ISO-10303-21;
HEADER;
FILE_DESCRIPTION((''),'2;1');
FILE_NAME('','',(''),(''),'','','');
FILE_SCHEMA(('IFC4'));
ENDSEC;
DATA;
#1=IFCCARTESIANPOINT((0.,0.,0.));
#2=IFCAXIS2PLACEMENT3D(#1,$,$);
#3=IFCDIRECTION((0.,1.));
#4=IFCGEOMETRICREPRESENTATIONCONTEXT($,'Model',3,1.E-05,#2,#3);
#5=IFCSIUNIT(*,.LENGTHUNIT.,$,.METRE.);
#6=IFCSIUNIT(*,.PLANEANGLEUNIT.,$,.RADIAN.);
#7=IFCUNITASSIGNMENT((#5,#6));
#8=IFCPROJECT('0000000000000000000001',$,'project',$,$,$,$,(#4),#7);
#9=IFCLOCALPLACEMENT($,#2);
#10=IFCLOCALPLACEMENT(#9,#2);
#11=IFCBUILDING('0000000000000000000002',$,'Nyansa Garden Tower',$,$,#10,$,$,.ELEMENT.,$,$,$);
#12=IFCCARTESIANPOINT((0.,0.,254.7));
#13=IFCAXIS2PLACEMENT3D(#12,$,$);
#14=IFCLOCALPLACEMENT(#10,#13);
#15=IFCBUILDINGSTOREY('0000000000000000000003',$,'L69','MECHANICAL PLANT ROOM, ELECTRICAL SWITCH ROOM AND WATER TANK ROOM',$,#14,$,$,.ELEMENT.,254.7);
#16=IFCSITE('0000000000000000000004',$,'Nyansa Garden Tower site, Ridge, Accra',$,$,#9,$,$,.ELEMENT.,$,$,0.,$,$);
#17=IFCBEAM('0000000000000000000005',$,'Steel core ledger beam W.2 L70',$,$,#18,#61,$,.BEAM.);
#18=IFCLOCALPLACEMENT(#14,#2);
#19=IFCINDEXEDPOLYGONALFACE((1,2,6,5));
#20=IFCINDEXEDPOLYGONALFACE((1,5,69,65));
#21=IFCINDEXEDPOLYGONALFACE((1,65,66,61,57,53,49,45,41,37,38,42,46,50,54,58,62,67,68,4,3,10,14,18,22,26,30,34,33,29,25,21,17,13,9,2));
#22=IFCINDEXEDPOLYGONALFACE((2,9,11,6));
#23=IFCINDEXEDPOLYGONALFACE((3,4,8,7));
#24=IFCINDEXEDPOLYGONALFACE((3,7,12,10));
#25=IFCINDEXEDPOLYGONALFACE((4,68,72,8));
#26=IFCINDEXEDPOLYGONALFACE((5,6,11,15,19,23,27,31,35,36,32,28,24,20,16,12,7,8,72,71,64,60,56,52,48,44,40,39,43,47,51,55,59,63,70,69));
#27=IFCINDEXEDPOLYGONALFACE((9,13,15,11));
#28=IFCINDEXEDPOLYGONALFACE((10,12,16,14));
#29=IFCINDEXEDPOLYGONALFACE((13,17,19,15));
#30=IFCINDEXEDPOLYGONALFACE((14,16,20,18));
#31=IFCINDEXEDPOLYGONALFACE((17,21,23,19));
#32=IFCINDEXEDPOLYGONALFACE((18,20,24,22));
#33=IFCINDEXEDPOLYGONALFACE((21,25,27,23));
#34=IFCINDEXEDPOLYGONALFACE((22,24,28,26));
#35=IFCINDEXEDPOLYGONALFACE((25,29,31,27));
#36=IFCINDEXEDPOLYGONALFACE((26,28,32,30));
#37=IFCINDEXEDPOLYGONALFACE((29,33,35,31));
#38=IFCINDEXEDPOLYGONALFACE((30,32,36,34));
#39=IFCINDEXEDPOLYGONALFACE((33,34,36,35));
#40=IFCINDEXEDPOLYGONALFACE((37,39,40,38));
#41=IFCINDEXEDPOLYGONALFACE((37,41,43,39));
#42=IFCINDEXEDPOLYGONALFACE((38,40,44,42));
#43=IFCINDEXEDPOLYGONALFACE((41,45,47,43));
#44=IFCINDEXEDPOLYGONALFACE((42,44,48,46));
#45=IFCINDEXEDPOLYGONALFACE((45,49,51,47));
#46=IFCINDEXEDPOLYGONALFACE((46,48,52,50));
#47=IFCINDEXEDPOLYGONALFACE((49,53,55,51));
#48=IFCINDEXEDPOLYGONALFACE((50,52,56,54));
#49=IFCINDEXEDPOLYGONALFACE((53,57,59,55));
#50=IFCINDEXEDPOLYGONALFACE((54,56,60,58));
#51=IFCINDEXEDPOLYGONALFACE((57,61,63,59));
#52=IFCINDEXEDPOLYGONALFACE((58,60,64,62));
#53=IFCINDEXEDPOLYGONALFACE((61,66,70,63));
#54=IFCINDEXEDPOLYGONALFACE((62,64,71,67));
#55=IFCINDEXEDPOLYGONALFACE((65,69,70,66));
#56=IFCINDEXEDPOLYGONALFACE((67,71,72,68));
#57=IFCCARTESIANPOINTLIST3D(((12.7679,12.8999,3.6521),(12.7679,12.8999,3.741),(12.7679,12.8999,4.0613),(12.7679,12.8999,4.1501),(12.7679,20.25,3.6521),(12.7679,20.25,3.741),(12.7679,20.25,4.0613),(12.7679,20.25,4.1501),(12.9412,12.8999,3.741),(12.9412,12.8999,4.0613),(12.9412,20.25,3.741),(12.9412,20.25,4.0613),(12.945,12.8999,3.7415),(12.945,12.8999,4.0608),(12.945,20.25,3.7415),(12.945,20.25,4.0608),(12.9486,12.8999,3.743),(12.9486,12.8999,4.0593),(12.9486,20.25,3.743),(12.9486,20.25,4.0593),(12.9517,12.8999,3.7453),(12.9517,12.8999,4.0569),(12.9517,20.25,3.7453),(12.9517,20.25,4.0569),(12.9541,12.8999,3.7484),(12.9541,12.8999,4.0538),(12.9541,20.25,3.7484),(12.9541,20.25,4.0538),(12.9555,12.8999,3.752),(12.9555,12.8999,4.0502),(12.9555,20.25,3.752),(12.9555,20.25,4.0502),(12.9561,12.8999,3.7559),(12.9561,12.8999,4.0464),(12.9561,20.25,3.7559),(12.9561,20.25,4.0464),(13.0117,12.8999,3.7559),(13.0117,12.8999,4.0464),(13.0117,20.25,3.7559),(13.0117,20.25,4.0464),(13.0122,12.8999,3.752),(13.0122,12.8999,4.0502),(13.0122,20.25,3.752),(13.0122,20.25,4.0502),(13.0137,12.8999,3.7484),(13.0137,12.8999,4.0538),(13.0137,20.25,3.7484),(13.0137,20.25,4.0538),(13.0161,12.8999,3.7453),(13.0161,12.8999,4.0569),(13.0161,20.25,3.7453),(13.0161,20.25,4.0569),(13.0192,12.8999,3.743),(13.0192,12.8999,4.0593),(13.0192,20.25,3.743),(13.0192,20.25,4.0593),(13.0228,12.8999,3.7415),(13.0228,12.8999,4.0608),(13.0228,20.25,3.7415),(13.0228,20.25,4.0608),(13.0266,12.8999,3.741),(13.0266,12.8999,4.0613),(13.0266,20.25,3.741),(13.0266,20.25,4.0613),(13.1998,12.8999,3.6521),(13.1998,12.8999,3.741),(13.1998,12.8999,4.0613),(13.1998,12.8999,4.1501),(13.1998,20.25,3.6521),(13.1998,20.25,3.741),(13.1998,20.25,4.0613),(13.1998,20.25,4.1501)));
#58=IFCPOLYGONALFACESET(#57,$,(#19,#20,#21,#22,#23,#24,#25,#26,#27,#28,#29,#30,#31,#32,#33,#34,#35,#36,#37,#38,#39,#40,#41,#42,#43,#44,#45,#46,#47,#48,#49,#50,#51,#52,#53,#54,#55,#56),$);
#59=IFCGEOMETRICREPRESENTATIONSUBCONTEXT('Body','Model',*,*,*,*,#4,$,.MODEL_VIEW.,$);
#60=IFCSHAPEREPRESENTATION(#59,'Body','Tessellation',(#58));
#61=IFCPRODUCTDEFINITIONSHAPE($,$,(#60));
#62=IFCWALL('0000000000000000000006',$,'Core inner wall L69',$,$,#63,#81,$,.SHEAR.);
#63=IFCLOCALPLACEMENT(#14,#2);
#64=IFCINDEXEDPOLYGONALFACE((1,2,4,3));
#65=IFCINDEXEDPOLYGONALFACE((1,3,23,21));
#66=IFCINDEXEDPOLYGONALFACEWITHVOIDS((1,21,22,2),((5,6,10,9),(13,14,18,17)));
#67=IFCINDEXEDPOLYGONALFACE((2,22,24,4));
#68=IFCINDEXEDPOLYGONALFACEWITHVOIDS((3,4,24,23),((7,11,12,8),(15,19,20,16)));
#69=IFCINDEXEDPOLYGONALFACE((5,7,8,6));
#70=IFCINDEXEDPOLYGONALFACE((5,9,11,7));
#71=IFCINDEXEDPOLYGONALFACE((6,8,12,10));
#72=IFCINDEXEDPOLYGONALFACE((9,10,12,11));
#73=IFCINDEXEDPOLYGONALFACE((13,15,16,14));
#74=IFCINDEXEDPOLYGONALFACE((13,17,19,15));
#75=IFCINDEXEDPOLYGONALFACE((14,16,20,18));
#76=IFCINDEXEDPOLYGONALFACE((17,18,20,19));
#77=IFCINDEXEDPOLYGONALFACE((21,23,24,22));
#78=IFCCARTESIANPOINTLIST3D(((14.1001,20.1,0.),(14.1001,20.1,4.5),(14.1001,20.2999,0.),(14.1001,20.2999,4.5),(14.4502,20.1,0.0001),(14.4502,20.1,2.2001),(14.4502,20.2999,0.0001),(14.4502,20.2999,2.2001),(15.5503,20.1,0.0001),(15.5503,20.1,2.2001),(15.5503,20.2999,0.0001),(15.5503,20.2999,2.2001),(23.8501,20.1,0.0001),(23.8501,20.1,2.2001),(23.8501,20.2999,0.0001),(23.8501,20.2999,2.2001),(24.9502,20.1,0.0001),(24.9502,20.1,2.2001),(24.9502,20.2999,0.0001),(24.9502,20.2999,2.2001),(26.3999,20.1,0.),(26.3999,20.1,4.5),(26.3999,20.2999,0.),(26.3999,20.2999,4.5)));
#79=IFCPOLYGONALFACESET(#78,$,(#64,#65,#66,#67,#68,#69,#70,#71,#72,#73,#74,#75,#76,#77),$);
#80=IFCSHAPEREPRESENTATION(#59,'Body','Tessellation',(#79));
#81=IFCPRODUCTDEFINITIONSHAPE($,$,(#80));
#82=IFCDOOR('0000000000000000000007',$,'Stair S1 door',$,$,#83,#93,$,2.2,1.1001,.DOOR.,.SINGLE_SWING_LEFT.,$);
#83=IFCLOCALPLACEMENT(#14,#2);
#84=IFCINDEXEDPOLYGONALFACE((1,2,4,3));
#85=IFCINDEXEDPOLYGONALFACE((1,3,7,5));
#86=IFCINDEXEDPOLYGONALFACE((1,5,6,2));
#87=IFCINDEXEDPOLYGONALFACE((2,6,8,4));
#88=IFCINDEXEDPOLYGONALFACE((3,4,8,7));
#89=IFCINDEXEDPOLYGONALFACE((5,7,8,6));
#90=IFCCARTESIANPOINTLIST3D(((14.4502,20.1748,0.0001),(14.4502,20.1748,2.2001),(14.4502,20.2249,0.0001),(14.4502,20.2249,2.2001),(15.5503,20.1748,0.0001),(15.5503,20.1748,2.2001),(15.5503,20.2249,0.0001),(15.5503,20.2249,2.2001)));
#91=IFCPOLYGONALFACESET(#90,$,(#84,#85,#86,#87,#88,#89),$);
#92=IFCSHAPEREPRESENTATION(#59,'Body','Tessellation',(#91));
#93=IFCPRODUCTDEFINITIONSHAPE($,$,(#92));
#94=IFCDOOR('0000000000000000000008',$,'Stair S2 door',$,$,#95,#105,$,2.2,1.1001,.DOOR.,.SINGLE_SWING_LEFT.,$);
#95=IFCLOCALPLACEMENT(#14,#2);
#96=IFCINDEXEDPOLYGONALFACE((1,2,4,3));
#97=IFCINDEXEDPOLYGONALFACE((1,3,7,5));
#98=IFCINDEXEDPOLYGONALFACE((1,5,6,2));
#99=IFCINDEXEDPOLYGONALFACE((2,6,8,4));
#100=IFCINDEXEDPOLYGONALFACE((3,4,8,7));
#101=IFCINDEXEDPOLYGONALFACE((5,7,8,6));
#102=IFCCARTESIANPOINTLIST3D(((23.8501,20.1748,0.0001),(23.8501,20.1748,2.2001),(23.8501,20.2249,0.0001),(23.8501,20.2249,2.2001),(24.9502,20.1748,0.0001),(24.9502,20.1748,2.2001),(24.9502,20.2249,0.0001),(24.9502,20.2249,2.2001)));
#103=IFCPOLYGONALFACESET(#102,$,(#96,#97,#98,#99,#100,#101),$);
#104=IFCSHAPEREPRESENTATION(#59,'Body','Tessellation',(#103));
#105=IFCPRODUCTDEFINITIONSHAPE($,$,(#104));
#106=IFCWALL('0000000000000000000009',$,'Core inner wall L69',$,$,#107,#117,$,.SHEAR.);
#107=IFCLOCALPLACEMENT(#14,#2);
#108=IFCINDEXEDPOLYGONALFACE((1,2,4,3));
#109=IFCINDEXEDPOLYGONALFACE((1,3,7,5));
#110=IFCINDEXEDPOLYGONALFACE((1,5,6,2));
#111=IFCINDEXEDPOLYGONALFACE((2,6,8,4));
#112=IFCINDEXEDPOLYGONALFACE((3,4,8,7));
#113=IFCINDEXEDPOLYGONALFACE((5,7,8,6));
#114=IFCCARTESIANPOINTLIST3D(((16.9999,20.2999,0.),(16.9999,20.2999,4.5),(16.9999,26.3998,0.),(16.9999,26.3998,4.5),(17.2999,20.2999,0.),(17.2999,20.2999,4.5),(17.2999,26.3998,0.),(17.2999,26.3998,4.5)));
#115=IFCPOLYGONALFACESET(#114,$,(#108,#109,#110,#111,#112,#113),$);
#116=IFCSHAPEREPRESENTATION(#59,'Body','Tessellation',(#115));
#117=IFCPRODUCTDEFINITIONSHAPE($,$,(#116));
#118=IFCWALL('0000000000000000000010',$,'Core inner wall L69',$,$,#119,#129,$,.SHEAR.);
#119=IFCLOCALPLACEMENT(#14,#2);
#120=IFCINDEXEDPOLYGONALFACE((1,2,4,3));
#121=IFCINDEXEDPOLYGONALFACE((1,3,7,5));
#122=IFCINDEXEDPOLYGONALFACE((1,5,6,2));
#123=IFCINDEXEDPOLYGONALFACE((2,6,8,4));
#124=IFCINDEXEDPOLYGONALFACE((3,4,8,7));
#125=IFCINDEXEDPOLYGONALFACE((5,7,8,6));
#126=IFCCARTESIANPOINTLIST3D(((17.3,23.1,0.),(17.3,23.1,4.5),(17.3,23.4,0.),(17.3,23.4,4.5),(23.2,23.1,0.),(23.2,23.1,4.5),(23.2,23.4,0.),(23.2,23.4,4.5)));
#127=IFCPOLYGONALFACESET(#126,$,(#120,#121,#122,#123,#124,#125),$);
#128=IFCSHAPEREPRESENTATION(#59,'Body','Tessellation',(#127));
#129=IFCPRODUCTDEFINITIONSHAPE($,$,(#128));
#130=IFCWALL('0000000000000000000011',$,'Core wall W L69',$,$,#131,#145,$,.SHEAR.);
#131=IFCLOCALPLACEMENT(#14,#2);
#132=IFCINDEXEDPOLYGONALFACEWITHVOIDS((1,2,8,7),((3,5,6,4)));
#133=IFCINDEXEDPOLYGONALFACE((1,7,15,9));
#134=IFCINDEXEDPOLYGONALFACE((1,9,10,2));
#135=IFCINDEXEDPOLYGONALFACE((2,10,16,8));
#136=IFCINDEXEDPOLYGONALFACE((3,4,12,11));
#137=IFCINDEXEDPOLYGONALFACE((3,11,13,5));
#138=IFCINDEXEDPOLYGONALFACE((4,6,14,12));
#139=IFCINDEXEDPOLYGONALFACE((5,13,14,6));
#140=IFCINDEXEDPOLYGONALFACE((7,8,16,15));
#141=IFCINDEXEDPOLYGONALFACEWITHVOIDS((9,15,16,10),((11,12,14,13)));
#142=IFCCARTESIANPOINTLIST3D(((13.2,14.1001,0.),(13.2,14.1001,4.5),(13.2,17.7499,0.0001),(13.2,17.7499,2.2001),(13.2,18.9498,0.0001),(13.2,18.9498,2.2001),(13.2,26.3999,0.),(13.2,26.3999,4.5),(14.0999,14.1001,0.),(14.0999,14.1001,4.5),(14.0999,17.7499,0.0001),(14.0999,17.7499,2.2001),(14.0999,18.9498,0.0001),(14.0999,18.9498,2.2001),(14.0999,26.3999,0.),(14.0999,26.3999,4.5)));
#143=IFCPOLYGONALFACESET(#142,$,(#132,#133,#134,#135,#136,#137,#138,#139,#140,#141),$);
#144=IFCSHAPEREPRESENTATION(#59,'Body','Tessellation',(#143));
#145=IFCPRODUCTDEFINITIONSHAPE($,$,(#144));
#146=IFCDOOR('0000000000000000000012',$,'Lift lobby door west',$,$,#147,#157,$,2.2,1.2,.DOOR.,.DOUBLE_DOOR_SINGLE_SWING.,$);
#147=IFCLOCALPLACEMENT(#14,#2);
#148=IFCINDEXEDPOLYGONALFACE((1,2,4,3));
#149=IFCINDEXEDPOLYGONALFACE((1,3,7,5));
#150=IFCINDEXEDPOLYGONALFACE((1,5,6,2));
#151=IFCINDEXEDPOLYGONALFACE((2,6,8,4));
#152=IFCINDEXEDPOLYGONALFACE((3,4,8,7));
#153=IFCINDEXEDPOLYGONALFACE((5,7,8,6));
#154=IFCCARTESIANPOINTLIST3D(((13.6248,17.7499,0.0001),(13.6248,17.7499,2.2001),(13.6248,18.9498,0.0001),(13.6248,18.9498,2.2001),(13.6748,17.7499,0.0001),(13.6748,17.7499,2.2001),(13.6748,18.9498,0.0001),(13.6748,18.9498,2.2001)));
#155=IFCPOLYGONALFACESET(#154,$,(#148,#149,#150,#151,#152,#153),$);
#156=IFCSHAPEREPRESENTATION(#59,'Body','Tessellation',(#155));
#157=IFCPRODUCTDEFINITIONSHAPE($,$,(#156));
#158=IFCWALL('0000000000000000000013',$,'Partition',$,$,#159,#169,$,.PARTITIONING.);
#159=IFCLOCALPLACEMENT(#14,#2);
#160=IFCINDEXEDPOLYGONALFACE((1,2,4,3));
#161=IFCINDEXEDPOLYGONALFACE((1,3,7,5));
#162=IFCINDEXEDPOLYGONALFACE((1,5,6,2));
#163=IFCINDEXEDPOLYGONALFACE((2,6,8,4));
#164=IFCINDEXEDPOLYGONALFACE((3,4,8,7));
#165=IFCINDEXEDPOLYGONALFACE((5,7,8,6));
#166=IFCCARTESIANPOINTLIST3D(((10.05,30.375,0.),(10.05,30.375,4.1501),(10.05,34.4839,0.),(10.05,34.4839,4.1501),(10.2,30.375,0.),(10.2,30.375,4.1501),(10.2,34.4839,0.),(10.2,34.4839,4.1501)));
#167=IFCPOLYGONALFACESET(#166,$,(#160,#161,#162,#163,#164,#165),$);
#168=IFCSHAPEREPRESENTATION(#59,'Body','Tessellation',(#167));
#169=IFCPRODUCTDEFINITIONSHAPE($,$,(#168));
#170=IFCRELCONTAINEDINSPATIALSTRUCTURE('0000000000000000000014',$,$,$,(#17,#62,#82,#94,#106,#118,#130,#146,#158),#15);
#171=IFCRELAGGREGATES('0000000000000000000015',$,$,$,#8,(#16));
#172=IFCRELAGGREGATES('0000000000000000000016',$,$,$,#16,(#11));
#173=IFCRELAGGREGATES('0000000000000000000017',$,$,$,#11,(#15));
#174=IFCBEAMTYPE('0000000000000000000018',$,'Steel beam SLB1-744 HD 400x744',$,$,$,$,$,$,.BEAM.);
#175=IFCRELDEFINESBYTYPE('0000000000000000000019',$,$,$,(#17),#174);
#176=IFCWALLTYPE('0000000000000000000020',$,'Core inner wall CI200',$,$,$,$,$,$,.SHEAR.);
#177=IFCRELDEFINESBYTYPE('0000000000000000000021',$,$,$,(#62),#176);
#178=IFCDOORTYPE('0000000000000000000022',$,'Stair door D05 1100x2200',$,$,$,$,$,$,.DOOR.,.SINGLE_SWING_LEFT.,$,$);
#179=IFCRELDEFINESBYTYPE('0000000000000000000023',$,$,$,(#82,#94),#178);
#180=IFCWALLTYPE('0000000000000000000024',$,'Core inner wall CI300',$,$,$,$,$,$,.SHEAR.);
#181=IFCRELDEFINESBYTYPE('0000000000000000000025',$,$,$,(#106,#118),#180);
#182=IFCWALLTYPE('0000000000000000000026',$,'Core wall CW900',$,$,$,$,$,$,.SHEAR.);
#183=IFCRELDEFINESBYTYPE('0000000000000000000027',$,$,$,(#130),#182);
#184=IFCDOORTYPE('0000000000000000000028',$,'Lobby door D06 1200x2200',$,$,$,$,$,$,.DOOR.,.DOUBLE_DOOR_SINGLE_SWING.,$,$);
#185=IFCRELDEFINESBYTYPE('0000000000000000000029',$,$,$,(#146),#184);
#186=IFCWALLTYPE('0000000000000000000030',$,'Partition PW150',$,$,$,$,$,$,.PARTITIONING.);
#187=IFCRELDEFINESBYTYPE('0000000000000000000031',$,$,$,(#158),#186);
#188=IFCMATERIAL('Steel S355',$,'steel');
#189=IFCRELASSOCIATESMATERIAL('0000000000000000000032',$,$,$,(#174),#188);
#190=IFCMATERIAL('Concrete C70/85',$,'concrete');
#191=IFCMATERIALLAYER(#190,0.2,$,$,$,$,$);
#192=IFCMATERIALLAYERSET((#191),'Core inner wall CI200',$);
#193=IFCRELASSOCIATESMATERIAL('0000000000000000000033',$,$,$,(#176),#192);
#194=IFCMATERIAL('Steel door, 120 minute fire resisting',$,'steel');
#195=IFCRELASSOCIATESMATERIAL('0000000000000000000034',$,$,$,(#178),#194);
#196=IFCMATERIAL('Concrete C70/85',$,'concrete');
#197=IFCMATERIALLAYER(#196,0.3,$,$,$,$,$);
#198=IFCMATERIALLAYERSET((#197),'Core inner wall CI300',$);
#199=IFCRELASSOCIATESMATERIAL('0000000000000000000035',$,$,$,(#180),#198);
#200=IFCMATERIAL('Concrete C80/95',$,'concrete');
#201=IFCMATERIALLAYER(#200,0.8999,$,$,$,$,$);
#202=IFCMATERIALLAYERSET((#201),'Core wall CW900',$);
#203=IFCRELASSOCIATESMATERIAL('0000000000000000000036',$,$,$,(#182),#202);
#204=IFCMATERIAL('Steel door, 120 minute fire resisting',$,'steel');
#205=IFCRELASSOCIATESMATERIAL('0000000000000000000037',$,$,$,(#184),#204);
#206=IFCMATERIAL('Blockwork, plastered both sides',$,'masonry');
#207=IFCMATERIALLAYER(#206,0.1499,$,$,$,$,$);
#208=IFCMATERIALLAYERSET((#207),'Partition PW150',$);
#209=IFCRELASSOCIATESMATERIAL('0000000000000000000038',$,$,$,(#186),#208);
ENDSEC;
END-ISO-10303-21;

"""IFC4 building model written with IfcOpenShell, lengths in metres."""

from ifc_helpers import new_model, si_unit, direction, frame, frame_2d, origin, origin_2d, place, context, subcontext, project, spatial, rectangle, i_section, extrude, material, layer, layer_set, material_profile, profile_set, type_object, element, fill, save


model = new_model("IFC4")

# Units and contexts
model_context = context("Model", 3, precision=1e-05, world=origin(), true_north=direction((0.0, 1.0)))
body_context = subcontext(model_context, "Body", "Model", "MODEL_VIEW")
ifc_project = project(units=[si_unit("LENGTHUNIT", "METRE"), si_unit("PLANEANGLEUNIT", "RADIAN")], contexts=[model_context])

# Site, building, storey
site_placement = place(None, origin())
site = spatial("IfcSite", under=ifc_project, at=site_placement, Name="Nyansa Garden Tower site, Ridge, Accra", CompositionType="ELEMENT", RefElevation=0.0)
building_placement = place(site_placement, origin())
building = spatial("IfcBuilding", under=site, at=building_placement, Name="Nyansa Garden Tower", CompositionType="ELEMENT")
storey_placement = place(building_placement, frame((0.0, 0.0, 254.7)))
storey = spatial("IfcBuildingStorey", under=building, at=storey_placement, Name="L69", Description="MECHANICAL PLANT ROOM, ELECTRICAL SWITCH ROOM AND WATER TANK ROOM", CompositionType="ELEMENT", Elevation=254.7)

# Beam
ifc_material_1 = material(Name="Steel S355", Category="steel")
ifc_material_profile_1 = material_profile(ifc_material_1, i_section(OverallWidth=0.4319, OverallDepth=0.498, WebThickness=0.0557, FlangeThickness=0.0889, FilletRadius=0.0149, at=origin_2d()), Name="HD 400x744")
ifc_profile_set_1 = profile_set([ifc_material_profile_1], Name="Steel S355")
beam_type_1 = type_object("IfcBeamType", Name="Steel beam SLB1-744 HD 400x744", PredefinedType="BEAM", material=ifc_profile_set_1)
for number, where, z_axis, x_axis, name in (
    (1, (12.9839, 20.25, 3.9011), (0.0, -1.0, 0.0), (1.0, 0.0, 0.0), "Steel core ledger beam W.2 L70"),
):
    element("IfcBeam", number, at=place(storey_placement, frame(where, z_axis=z_axis, x_axis=x_axis)), inside=storey, type_object=beam_type_1, Name=name, PredefinedType="BEAM", context=body_context, shape_type="SweptSolid", body=[
        extrude(i_section(OverallWidth=0.4319, OverallDepth=0.498, WebThickness=0.0557, FlangeThickness=0.0889, FilletRadius=0.0149, at=origin_2d()), origin(), (0.0, 0.0, 1.0), 7.3501),
    ])

# Wall, openings, doors
ifc_material_2 = material(Name="Concrete C70/85", Category="concrete")
ifc_layer_1 = layer(ifc_material_2, 0.2)
ifc_layer_set_1 = layer_set([ifc_layer_1], Name="Core inner wall CI200")
wall_type_1 = type_object("IfcWallType", Name="Core inner wall CI200", PredefinedType="SHEAR", material=ifc_layer_set_1)
wall_1_placement = place(storey_placement, frame((14.1001, 20.2, 0.0), z_axis=(0.0, 0.0, 1.0), x_axis=(1.0, 0.0, 0.0)))
wall_1 = element("IfcWall", 2, at=wall_1_placement, inside=storey, type_object=wall_type_1, Name="Core inner wall L69", PredefinedType="SHEAR", context=body_context, shape_type="SweptSolid", body=[
    extrude(rectangle(XDim=12.2998, YDim=0.2, at=frame_2d((6.1499, 0.0))), origin(), (0.0, 0.0, 1.0), 4.5),
])
opening_1_placement = place(wall_1_placement, frame((0.3501, 0.0, 0.0)))
opening_1 = element("IfcOpeningElement", 3, at=opening_1_placement, cuts=wall_1, PredefinedType="OPENING", context=body_context, shape_type="SweptSolid", body=[
    extrude(rectangle(XDim=1.1001, YDim=2.2, at=frame_2d((0.55, 1.1001))), frame((0.0, 0.1099, 0.0), z_axis=(0.0, -1.0, 0.0), x_axis=(1.0, 0.0, 0.0)), (0.0, 0.0, 1.0), 0.22),
])
opening_2_placement = place(wall_1_placement, frame((9.75, 0.0, 0.0)))
opening_2 = element("IfcOpeningElement", 4, at=opening_2_placement, cuts=wall_1, PredefinedType="OPENING", context=body_context, shape_type="SweptSolid", body=[
    extrude(rectangle(XDim=1.1001, YDim=2.2, at=frame_2d((0.55, 1.1001))), frame((0.0, 0.1099, 0.0), z_axis=(0.0, -1.0, 0.0), x_axis=(1.0, 0.0, 0.0)), (0.0, 0.0, 1.0), 0.22),
])
ifc_material_3 = material(Name="Steel door, 120 minute fire resisting", Category="steel")
door_type_1 = type_object("IfcDoorType", Name="Stair door D05 1100x2200", OperationType="SINGLE_SWING_LEFT", PredefinedType="DOOR", material=ifc_material_3)
door_1_placement = place(opening_1_placement, origin())
door_1 = element("IfcDoor", 5, at=door_1_placement, inside=storey, type_object=door_type_1, Name="Stair S1 door", OperationType="SINGLE_SWING_LEFT", OverallHeight=2.2, OverallWidth=1.1001, PredefinedType="DOOR", context=body_context, shape_type="SweptSolid", body=[
    extrude(rectangle(XDim=1.1001, YDim=2.2, at=frame_2d((0.55, 1.1001))), frame((0.0, 0.0249, 0.0), z_axis=(0.0, -1.0, 0.0), x_axis=(1.0, 0.0, 0.0)), (0.0, 0.0, 1.0), 0.05),
])
fill(opening_1, door_1)
door_2_placement = place(opening_2_placement, origin())
door_2 = element("IfcDoor", 6, at=door_2_placement, inside=storey, type_object=door_type_1, Name="Stair S2 door", OperationType="SINGLE_SWING_LEFT", OverallHeight=2.2, OverallWidth=1.1001, PredefinedType="DOOR", context=body_context, shape_type="SweptSolid", body=[
    extrude(rectangle(XDim=1.1001, YDim=2.2, at=frame_2d((0.55, 1.1001))), frame((0.0, 0.0249, 0.0), z_axis=(0.0, -1.0, 0.0), x_axis=(1.0, 0.0, 0.0)), (0.0, 0.0, 1.0), 0.05),
])
fill(opening_2, door_2)

# Walls
ifc_material_4 = material(Name="Concrete C70/85", Category="concrete")
ifc_layer_2 = layer(ifc_material_4, 0.3)
ifc_layer_set_2 = layer_set([ifc_layer_2], Name="Core inner wall CI300")
wall_type_2 = type_object("IfcWallType", Name="Core inner wall CI300", PredefinedType="SHEAR", material=ifc_layer_set_2)
wall_2_placement = place(storey_placement, frame((17.1499, 20.3, 0.0), z_axis=(0.0, 0.0, 1.0), x_axis=(0.0, 1.0, 0.0)))
element("IfcWall", 7, at=wall_2_placement, inside=storey, type_object=wall_type_2, Name="Core inner wall L69", PredefinedType="SHEAR", context=body_context, shape_type="SweptSolid", body=[
    extrude(rectangle(XDim=6.0999, YDim=0.3, at=frame_2d((3.0498, 0.0))), origin(), (0.0, 0.0, 1.0), 4.5),
])
wall_3_placement = place(storey_placement, frame((17.3, 23.25, 0.0), z_axis=(0.0, 0.0, 1.0), x_axis=(1.0, 0.0, 0.0)))
element("IfcWall", 8, at=wall_3_placement, inside=storey, type_object=wall_type_2, Name="Core inner wall L69", PredefinedType="SHEAR", context=body_context, shape_type="SweptSolid", body=[
    extrude(rectangle(XDim=5.8999, YDim=0.3, at=frame_2d((2.95, 0.0))), origin(), (0.0, 0.0, 1.0), 4.5),
])

# Wall, opening, door
ifc_material_5 = material(Name="Concrete C80/95", Category="concrete")
ifc_layer_3 = layer(ifc_material_5, 0.8999)
ifc_layer_set_3 = layer_set([ifc_layer_3], Name="Core wall CW900")
wall_type_3 = type_object("IfcWallType", Name="Core wall CW900", PredefinedType="SHEAR", material=ifc_layer_set_3)
wall_4_placement = place(storey_placement, frame((13.6499, 26.3999, 0.0), z_axis=(0.0, 0.0, 1.0), x_axis=(0.0, -1.0, 0.0)))
wall_4 = element("IfcWall", 9, at=wall_4_placement, inside=storey, type_object=wall_type_3, Name="Core wall W L69", PredefinedType="SHEAR", context=body_context, shape_type="SweptSolid", body=[
    extrude(rectangle(XDim=12.2998, YDim=0.8999, at=frame_2d((6.1499, 0.0))), origin(), (0.0, 0.0, 1.0), 4.5),
])
opening_3_placement = place(wall_4_placement, frame((7.45, 0.0, 0.0)))
opening_3 = element("IfcOpeningElement", 10, at=opening_3_placement, cuts=wall_4, PredefinedType="OPENING", context=body_context, shape_type="SweptSolid", body=[
    extrude(rectangle(XDim=1.2, YDim=2.2, at=frame_2d((0.6001, 1.1001))), frame((0.0, 0.46, 0.0), z_axis=(0.0, -1.0, 0.0), x_axis=(1.0, 0.0, 0.0)), (0.0, 0.0, 1.0), 0.9199),
])
ifc_material_6 = material(Name="Steel door, 120 minute fire resisting", Category="steel")
door_type_2 = type_object("IfcDoorType", Name="Lobby door D06 1200x2200", OperationType="DOUBLE_DOOR_SINGLE_SWING", PredefinedType="DOOR", material=ifc_material_6)
door_3_placement = place(opening_3_placement, origin())
door_3 = element("IfcDoor", 11, at=door_3_placement, inside=storey, type_object=door_type_2, Name="Lift lobby door west", OperationType="DOUBLE_DOOR_SINGLE_SWING", OverallHeight=2.2, OverallWidth=1.2, PredefinedType="DOOR", context=body_context, shape_type="SweptSolid", body=[
    extrude(rectangle(XDim=1.2, YDim=2.2, at=frame_2d((0.6001, 1.1001))), frame((0.0, 0.0249, 0.0), z_axis=(0.0, -1.0, 0.0), x_axis=(1.0, 0.0, 0.0)), (0.0, 0.0, 1.0), 0.05),
])
fill(opening_3, door_3)

# Wall
ifc_material_7 = material(Name="Blockwork, plastered both sides", Category="masonry")
ifc_layer_4 = layer(ifc_material_7, 0.1499)
ifc_layer_set_4 = layer_set([ifc_layer_4], Name="Partition PW150")
wall_type_4 = type_object("IfcWallType", Name="Partition PW150", PredefinedType="PARTITIONING", material=ifc_layer_set_4)
wall_5_placement = place(storey_placement, frame((10.125, 30.375, 0.0), z_axis=(0.0, 0.0, 1.0), x_axis=(0.0, 1.0, 0.0)))
element("IfcWall", 12, at=wall_5_placement, inside=storey, type_object=wall_type_4, Name="Partition", PredefinedType="PARTITIONING", context=body_context, shape_type="SweptSolid", body=[
    extrude(rectangle(XDim=4.1089, YDim=0.1499, at=frame_2d((2.0544, 0.0))), origin(), (0.0, 0.0, 1.0), 4.1501),
])

save(model, "model.ifc")
